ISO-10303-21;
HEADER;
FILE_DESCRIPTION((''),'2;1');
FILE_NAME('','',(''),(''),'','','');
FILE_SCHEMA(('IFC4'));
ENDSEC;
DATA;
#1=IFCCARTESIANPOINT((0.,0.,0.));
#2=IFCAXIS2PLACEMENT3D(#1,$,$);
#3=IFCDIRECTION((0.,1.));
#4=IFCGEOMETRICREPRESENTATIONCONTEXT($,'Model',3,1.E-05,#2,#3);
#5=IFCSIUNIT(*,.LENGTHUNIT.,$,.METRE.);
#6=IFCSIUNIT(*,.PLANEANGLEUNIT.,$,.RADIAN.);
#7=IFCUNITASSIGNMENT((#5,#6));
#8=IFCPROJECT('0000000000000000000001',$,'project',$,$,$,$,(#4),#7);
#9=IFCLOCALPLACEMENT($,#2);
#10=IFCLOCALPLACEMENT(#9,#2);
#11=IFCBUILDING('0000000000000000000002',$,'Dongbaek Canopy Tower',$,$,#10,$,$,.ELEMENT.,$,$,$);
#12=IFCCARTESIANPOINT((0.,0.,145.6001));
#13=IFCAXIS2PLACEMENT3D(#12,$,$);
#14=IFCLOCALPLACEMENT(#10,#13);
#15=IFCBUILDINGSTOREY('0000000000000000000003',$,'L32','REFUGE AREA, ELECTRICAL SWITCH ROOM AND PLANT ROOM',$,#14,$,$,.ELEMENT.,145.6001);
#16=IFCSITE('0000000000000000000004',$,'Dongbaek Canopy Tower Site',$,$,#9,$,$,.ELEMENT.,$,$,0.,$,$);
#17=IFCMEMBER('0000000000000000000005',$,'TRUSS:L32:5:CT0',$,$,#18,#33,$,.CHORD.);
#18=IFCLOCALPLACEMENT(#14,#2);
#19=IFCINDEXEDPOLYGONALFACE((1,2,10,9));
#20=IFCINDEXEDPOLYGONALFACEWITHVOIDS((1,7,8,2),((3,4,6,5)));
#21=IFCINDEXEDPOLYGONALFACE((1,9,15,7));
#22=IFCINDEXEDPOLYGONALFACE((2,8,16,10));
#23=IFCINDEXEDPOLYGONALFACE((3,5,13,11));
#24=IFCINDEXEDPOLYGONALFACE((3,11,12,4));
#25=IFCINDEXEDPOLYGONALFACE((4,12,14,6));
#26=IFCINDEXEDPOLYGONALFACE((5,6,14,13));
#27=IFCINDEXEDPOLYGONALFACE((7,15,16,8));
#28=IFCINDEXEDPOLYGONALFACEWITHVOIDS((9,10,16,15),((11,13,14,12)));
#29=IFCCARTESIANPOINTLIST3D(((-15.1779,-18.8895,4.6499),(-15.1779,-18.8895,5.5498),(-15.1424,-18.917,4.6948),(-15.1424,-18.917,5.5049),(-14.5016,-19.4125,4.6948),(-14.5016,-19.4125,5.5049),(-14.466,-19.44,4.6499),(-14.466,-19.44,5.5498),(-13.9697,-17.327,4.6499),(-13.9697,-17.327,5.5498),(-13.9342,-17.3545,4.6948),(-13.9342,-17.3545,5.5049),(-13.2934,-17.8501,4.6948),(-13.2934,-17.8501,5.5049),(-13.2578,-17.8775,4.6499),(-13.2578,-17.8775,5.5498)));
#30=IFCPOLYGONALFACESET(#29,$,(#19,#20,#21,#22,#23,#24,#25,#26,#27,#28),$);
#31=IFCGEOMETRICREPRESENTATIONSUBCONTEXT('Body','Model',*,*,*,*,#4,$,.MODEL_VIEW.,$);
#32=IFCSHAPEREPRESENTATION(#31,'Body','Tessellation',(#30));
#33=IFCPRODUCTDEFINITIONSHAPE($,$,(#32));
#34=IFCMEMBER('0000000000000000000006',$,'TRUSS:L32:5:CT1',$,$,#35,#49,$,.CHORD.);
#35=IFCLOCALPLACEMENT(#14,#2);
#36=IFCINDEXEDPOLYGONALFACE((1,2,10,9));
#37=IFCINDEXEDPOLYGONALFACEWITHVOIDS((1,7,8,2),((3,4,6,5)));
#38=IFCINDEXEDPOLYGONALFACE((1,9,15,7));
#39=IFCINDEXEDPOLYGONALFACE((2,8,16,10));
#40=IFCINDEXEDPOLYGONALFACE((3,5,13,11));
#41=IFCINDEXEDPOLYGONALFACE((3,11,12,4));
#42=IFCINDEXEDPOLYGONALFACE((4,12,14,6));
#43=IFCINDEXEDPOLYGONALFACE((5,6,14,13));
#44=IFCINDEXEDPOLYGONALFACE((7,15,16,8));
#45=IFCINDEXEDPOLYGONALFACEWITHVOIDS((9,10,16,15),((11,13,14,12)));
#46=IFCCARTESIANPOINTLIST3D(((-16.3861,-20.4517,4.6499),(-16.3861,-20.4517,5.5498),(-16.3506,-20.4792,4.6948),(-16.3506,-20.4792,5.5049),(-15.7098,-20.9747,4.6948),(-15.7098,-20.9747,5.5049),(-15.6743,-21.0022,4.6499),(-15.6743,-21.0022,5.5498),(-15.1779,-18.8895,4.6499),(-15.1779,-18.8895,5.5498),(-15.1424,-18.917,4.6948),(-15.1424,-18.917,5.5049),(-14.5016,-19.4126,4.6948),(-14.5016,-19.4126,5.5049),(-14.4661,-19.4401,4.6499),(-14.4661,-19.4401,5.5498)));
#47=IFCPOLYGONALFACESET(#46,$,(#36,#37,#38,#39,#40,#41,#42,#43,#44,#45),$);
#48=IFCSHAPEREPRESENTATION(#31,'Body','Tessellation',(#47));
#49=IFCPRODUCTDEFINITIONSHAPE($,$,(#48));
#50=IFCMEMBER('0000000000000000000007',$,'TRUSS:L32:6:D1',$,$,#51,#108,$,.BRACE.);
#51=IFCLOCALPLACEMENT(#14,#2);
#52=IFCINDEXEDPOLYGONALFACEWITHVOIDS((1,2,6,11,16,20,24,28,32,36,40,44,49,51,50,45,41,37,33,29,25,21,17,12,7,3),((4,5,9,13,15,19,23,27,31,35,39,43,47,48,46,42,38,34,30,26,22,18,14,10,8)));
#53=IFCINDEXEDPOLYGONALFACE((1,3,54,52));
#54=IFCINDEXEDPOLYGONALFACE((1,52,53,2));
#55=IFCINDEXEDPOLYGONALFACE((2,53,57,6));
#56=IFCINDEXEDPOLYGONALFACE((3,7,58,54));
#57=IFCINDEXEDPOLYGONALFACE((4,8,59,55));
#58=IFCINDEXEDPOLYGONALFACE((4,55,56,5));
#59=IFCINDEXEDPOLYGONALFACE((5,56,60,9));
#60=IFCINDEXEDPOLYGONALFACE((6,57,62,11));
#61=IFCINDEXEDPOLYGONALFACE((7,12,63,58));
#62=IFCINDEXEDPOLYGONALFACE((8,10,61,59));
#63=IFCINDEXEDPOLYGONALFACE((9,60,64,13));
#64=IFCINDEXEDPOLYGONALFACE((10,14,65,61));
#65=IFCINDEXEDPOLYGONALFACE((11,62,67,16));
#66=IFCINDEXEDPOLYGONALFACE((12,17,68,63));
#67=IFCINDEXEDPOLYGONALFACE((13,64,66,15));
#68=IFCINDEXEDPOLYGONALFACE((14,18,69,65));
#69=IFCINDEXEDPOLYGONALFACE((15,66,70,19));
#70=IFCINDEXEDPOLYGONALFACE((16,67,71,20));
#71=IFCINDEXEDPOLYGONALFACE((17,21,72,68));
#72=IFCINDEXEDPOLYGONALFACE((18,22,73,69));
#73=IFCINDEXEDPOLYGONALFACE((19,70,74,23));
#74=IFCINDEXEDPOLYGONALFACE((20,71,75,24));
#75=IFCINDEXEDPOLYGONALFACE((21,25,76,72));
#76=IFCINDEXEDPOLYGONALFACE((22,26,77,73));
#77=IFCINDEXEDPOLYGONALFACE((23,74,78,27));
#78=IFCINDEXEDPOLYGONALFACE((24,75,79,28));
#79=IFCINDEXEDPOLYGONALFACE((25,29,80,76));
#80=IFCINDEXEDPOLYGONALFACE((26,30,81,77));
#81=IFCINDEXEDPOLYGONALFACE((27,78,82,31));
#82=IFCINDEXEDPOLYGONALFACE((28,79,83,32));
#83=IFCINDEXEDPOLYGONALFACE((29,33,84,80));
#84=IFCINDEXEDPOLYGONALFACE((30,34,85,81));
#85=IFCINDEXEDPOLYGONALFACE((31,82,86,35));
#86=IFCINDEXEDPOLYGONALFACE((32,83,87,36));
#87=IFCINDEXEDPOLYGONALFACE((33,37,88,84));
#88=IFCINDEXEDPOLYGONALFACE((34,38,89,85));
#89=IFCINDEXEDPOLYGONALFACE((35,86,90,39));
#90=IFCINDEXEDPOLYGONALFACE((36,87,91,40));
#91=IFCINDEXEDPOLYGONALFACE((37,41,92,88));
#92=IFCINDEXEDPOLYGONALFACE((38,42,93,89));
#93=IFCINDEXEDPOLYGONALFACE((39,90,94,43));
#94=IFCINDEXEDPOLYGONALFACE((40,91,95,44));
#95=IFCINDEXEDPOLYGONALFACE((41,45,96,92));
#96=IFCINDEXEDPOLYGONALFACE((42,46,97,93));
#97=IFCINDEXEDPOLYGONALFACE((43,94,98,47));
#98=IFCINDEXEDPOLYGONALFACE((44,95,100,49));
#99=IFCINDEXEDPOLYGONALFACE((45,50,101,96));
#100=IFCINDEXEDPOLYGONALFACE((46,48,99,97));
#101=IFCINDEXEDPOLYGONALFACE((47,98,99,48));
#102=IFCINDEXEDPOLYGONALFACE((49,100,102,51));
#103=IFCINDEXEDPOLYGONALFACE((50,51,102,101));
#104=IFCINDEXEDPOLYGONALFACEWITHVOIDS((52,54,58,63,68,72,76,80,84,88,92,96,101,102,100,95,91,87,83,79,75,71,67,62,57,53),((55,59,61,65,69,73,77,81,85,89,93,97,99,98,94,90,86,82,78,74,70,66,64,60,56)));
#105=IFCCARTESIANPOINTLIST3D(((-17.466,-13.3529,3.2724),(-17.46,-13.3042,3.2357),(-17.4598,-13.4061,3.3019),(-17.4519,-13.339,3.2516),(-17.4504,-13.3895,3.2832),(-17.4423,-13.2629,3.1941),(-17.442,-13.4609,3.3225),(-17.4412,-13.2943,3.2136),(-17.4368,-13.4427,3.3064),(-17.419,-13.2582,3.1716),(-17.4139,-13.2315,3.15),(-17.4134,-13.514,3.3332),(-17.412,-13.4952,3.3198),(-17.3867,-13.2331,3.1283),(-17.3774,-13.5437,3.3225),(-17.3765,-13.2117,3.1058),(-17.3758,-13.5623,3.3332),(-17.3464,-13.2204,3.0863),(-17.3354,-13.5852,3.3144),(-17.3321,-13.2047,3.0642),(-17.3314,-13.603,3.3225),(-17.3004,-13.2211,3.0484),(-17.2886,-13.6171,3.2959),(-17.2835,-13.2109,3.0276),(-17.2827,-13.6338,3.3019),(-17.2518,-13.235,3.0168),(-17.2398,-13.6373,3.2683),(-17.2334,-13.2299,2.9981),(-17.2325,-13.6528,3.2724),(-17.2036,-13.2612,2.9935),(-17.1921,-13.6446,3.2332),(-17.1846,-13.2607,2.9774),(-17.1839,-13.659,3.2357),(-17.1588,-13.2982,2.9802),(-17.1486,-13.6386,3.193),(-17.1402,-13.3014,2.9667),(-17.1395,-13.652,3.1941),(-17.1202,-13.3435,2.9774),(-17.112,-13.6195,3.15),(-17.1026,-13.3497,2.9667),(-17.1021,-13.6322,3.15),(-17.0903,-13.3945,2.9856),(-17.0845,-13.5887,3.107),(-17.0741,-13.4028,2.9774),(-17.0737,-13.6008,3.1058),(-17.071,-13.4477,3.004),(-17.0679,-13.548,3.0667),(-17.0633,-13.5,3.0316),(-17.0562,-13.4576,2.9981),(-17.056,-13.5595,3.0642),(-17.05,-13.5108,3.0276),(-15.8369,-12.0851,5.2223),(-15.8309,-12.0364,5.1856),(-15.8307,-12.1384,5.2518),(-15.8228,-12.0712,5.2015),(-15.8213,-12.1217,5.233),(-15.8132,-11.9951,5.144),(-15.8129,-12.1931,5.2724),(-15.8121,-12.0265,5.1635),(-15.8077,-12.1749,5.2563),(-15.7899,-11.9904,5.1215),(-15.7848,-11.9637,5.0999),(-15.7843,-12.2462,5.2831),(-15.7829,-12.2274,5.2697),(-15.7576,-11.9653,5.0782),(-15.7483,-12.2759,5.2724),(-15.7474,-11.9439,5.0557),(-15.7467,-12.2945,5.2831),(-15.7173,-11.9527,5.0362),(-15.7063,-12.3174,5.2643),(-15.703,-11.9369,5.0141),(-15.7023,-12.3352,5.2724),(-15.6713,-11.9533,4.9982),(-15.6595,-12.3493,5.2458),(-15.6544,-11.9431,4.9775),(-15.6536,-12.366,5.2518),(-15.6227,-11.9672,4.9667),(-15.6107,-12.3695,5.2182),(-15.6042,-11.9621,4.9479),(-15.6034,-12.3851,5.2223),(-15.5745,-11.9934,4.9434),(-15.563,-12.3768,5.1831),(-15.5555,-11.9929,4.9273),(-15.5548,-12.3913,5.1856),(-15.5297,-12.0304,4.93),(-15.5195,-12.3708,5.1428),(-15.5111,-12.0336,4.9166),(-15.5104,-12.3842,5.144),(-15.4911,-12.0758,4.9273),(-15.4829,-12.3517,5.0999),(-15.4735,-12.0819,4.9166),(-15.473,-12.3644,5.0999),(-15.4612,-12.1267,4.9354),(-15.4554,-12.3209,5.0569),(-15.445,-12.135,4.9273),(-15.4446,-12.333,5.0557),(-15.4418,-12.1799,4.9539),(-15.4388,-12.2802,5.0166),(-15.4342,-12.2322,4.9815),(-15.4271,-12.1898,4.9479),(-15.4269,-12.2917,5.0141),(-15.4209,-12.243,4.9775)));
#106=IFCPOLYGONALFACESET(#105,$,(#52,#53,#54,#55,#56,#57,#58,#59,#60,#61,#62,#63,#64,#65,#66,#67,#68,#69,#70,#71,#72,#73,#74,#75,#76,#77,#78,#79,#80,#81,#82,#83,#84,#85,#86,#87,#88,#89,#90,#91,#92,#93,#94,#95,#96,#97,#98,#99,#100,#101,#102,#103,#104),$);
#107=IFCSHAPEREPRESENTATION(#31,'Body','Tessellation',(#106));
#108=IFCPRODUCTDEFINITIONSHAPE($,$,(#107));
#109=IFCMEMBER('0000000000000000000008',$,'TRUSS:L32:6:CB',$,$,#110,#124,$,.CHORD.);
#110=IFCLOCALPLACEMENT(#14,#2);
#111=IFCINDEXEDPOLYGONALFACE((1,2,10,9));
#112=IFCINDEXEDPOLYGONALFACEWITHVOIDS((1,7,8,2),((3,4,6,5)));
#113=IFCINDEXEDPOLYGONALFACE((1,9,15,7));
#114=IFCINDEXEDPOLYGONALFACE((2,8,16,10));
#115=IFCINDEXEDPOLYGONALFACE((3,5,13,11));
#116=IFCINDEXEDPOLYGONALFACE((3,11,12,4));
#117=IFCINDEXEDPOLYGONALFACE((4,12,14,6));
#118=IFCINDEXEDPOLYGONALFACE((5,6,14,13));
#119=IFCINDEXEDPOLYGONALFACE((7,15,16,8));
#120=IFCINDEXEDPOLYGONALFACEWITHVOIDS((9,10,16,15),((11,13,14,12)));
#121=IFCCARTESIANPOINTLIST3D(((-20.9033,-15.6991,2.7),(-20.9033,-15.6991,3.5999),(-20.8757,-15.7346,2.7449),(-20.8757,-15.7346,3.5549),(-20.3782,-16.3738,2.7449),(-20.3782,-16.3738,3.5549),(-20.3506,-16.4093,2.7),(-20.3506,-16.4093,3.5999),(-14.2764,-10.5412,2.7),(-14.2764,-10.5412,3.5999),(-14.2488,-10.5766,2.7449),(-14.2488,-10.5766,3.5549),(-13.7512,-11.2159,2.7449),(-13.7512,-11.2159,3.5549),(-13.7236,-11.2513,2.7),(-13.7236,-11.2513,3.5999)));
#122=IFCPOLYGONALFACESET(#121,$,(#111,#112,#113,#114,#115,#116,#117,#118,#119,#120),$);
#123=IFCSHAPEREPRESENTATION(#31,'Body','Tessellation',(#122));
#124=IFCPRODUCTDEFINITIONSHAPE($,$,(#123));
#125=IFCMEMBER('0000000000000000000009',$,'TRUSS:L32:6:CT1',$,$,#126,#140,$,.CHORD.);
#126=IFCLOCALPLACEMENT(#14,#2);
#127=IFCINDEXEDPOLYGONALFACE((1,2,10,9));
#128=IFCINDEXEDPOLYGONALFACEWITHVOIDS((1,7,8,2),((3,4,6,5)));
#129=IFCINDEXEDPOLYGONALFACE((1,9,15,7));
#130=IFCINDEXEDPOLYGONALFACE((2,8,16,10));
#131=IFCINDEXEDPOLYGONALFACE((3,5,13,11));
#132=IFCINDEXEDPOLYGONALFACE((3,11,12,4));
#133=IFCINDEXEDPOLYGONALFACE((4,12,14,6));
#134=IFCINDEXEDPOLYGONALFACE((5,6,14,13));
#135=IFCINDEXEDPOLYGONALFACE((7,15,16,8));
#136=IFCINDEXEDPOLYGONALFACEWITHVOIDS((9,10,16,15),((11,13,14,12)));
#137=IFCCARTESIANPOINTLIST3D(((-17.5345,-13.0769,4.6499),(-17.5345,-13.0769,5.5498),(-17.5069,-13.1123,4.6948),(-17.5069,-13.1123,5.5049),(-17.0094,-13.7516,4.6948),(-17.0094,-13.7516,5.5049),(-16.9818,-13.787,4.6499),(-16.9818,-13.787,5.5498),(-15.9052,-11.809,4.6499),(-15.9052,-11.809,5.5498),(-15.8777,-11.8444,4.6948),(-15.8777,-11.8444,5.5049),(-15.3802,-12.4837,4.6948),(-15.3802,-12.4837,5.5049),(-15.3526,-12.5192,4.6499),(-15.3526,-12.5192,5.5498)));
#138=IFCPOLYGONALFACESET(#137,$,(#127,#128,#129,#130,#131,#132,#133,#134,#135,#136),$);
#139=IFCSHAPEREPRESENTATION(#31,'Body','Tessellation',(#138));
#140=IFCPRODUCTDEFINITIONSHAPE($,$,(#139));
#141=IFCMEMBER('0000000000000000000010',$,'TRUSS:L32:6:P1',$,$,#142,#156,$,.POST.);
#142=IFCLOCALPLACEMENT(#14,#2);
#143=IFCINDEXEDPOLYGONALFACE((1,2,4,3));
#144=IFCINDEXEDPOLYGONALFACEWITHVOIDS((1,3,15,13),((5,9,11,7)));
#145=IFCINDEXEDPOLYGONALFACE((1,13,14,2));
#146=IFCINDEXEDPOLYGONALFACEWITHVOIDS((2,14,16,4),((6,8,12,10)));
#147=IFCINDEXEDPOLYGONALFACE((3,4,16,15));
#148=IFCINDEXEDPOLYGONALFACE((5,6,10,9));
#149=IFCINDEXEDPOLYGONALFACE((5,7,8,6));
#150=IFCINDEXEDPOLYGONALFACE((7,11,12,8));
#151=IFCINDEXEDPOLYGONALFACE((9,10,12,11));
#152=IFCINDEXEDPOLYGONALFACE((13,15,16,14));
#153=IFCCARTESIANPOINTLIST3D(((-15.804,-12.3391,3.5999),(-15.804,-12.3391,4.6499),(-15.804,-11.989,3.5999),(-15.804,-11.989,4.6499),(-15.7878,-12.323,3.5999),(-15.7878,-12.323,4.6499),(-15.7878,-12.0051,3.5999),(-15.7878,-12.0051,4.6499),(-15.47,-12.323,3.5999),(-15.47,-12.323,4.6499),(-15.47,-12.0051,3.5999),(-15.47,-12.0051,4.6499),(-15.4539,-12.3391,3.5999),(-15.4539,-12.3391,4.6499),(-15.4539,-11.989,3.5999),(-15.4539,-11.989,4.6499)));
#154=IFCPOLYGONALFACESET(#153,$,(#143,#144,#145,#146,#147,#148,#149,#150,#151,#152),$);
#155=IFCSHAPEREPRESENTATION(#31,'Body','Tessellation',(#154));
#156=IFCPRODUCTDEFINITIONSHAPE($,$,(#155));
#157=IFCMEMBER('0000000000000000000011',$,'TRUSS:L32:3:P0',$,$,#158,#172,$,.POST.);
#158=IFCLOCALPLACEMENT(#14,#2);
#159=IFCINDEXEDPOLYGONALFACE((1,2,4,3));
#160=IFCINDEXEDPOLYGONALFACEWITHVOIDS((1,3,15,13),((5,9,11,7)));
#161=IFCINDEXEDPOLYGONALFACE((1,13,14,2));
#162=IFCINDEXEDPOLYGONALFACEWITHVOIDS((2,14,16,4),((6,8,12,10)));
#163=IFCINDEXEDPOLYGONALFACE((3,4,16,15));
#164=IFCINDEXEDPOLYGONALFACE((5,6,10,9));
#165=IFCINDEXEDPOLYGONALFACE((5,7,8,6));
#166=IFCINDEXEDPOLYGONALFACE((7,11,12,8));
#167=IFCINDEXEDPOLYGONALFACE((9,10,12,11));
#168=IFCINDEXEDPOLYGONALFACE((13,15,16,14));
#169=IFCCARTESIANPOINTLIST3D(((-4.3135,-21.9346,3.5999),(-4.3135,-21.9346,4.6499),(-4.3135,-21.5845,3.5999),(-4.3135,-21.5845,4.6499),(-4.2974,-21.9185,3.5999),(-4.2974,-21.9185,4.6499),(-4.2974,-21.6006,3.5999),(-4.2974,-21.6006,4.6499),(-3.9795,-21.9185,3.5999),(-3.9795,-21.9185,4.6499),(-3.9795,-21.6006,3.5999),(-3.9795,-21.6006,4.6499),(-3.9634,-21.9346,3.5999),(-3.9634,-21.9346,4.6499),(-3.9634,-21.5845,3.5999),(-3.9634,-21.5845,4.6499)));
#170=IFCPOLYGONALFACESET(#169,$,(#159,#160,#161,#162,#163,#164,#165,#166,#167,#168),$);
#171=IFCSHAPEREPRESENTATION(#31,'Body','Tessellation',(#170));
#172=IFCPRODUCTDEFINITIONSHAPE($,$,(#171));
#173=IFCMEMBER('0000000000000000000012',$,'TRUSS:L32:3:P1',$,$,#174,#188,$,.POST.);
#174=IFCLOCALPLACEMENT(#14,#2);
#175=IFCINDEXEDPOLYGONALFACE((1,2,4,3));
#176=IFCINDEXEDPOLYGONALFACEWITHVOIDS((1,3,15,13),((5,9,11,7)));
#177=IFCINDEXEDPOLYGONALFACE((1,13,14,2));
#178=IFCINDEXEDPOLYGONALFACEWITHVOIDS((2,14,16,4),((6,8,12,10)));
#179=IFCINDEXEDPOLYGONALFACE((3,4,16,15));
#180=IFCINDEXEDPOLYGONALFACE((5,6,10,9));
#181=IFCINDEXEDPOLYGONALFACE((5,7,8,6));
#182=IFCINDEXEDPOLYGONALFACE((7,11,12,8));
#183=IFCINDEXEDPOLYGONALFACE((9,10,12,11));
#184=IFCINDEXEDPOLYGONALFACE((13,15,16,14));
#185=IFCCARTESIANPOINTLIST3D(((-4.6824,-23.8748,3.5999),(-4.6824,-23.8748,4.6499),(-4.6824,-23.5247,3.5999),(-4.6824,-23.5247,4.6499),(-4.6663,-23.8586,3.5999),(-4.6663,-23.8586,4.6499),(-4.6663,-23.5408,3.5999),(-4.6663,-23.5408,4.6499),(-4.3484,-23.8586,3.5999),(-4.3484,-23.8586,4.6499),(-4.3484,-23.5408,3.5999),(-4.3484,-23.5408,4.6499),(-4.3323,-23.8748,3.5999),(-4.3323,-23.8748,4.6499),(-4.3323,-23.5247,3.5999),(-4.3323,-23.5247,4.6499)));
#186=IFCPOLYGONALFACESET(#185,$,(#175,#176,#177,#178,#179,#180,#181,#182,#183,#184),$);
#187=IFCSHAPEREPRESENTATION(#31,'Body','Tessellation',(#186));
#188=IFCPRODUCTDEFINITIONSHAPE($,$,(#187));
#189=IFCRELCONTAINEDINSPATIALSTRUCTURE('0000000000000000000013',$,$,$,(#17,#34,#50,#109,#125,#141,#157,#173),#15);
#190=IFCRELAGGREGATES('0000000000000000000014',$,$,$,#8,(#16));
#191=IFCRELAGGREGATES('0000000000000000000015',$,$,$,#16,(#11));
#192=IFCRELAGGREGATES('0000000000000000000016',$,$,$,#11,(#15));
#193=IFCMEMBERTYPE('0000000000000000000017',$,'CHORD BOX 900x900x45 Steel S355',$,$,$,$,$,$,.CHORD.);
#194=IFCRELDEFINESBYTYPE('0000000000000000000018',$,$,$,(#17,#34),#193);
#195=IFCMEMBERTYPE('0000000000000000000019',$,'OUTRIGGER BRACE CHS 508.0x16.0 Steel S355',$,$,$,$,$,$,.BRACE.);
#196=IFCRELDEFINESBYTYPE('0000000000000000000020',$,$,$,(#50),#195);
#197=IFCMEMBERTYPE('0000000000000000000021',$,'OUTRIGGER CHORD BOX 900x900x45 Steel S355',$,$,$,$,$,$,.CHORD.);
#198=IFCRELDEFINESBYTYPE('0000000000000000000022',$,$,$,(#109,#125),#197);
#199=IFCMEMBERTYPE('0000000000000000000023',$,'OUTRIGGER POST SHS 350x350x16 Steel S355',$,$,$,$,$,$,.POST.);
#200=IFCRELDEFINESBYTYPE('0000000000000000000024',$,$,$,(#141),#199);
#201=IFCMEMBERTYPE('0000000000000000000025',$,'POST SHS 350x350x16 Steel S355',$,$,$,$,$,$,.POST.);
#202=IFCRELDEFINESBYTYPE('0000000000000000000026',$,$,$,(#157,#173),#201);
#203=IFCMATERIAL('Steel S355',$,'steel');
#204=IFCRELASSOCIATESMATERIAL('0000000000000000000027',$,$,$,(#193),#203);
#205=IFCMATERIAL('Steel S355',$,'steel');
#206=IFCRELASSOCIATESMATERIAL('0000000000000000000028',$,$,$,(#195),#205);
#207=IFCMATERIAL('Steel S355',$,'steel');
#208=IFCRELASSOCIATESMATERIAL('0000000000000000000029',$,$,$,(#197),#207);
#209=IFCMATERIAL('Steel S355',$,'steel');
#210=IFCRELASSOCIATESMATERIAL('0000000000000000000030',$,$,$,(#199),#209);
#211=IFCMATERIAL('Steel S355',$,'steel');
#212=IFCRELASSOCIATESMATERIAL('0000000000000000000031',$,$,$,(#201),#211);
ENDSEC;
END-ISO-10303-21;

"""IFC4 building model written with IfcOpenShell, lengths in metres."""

from ifc_helpers import new_model, si_unit, direction, frame, origin, origin_2d, place, context, subcontext, project, spatial, hollow_rectangle, hollow_circle, extrude, material, material_profile, profile_set, type_object, element, save


model = new_model("IFC4")

# Units and contexts
model_context = context("Model", 3, precision=1e-05, world=origin(), true_north=direction((0.0, 1.0)))
body_context = subcontext(model_context, "Body", "Model", "MODEL_VIEW")
ifc_project = project(units=[si_unit("LENGTHUNIT", "METRE"), si_unit("PLANEANGLEUNIT", "RADIAN")], contexts=[model_context])

# Site, building, storey
site_placement = place(None, origin())
site = spatial("IfcSite", under=ifc_project, at=site_placement, Name="Dongbaek Canopy Tower Site", CompositionType="ELEMENT", RefElevation=0.0)
building_placement = place(site_placement, origin())
building = spatial("IfcBuilding", under=site, at=building_placement, Name="Dongbaek Canopy Tower", CompositionType="ELEMENT")
storey_placement = place(building_placement, frame((0.0, 0.0, 145.6001)))
storey = spatial("IfcBuildingStorey", under=building, at=storey_placement, Name="L32", Description="REFUGE AREA, ELECTRICAL SWITCH ROOM AND PLANT ROOM", CompositionType="ELEMENT", Elevation=145.6001)

# Members
ifc_material_1 = material(Name="Steel S355", Category="steel")
ifc_material_profile_1 = material_profile(ifc_material_1, hollow_rectangle(XDim=0.8999, YDim=0.8999, WallThickness=0.0449, at=origin_2d()), Name="CHORD BOX 900x900x45 Steel S355")
ifc_profile_set_1 = profile_set([ifc_material_profile_1], Name="Steel S355")
member_type_1 = type_object("IfcMemberType", Name="CHORD BOX 900x900x45 Steel S355", PredefinedType="CHORD", material=ifc_profile_set_1)
member_1_placement = place(storey_placement, frame((-13.6138, -17.6023, 5.0999), z_axis=(-0.611722, -0.791073, 0.0), x_axis=(0.791073, -0.611722, 0.0)))
element("IfcMember", 1, at=member_1_placement, inside=storey, type_object=member_type_1, Name="TRUSS:L32:5:CT0", PredefinedType="CHORD", context=body_context, shape_type="SweptSolid", body=[
    extrude(hollow_rectangle(XDim=0.8999, YDim=0.8999, WallThickness=0.0449, at=origin_2d()), origin(), (0.0, 0.0, 1.0), 1.9751),
])
member_2_placement = place(storey_placement, frame((-14.822, -19.1648, 5.0999), z_axis=(-0.611782, -0.791027, 0.0), x_axis=(0.791027, -0.611782, 0.0)))
element("IfcMember", 2, at=member_2_placement, inside=storey, type_object=member_type_1, Name="TRUSS:L32:5:CT1", PredefinedType="CHORD", context=body_context, shape_type="SweptSolid", body=[
    extrude(hollow_rectangle(XDim=0.8999, YDim=0.8999, WallThickness=0.0449, at=origin_2d()), origin(), (0.0, 0.0, 1.0), 1.9749),
])
ifc_material_2 = material(Name="Steel S355", Category="steel")
ifc_material_profile_2 = material_profile(ifc_material_2, hollow_circle(Radius=0.2539, WallThickness=0.0161, at=origin_2d()), Name="OUTRIGGER BRACE CHS 508.0x16.0 Steel S355")
ifc_profile_set_2 = profile_set([ifc_material_profile_2], Name="Steel S355")
member_type_2 = type_object("IfcMemberType", Name="OUTRIGGER BRACE CHS 508.0x16.0 Steel S355", PredefinedType="BRACE", material=ifc_profile_set_2)
member_3_placement = place(storey_placement, frame((-15.6289, -12.1641, 5.0999), z_axis=(-0.573708, -0.446466, -0.686679), x_axis=(0.614153, -0.789187, 0.0)))
element("IfcMember", 3, at=member_3_placement, inside=storey, type_object=member_type_2, Name="TRUSS:L32:6:D1", PredefinedType="BRACE", context=body_context, shape_type="SweptSolid", body=[
    extrude(hollow_circle(Radius=0.2539, WallThickness=0.0161, at=origin_2d()), origin(), (0.0, 0.0, 1.0), 2.8396),
])
ifc_material_3 = material(Name="Steel S355", Category="steel")
ifc_material_profile_3 = material_profile(ifc_material_3, hollow_rectangle(XDim=0.8999, YDim=0.8999, WallThickness=0.0449, at=origin_2d()), Name="OUTRIGGER CHORD BOX 900x900x45 Steel S355")
ifc_profile_set_3 = profile_set([ifc_material_profile_3], Name="Steel S355")
member_type_3 = type_object("IfcMemberType", Name="OUTRIGGER CHORD BOX 900x900x45 Steel S355", PredefinedType="CHORD", material=ifc_profile_set_3)
member_4_placement = place(storey_placement, frame((-14.0, -10.8962, 3.1499), z_axis=(-0.789141, -0.614212, 0.0), x_axis=(0.614212, -0.789141, 0.0)))
element("IfcMember", 4, at=member_4_placement, inside=storey, type_object=member_type_3, Name="TRUSS:L32:6:CB", PredefinedType="CHORD", context=body_context, shape_type="SweptSolid", body=[
    extrude(hollow_rectangle(XDim=0.8999, YDim=0.8999, WallThickness=0.0449, at=origin_2d()), origin(), (0.0, 0.0, 1.0), 8.3977),
])
member_5_placement = place(storey_placement, frame((-15.6289, -12.1641, 5.0999), z_axis=(-0.789187, -0.614153, 0.0), x_axis=(0.614153, -0.789187, 0.0)))
element("IfcMember", 5, at=member_5_placement, inside=storey, type_object=member_type_3, Name="TRUSS:L32:6:CT1", PredefinedType="CHORD", context=body_context, shape_type="SweptSolid", body=[
    extrude(hollow_rectangle(XDim=0.8999, YDim=0.8999, WallThickness=0.0449, at=origin_2d()), origin(), (0.0, 0.0, 1.0), 2.0645),
])
ifc_material_4 = material(Name="Steel S355", Category="steel")
ifc_material_profile_4 = material_profile(ifc_material_4, hollow_rectangle(XDim=0.3501, YDim=0.3501, WallThickness=0.0161, at=origin_2d()), Name="OUTRIGGER POST SHS 350x350x16 Steel S355")
ifc_profile_set_4 = profile_set([ifc_material_profile_4], Name="Steel S355")
member_type_4 = type_object("IfcMemberType", Name="OUTRIGGER POST SHS 350x350x16 Steel S355", PredefinedType="POST", material=ifc_profile_set_4)
member_6_placement = place(storey_placement, frame((-15.6289, -12.1641, 3.5999), z_axis=(0.0, 0.0, 1.0), x_axis=(1.0, 0.0, 0.0)))
element("IfcMember", 6, at=member_6_placement, inside=storey, type_object=member_type_4, Name="TRUSS:L32:6:P1", PredefinedType="POST", context=body_context, shape_type="SweptSolid", body=[
    extrude(hollow_rectangle(XDim=0.3501, YDim=0.3501, WallThickness=0.0161, at=origin_2d()), origin(), (0.0, 0.0, 1.0), 1.05),
])
ifc_material_5 = material(Name="Steel S355", Category="steel")
ifc_material_profile_5 = material_profile(ifc_material_5, hollow_rectangle(XDim=0.3501, YDim=0.3501, WallThickness=0.0161, at=origin_2d()), Name="POST SHS 350x350x16 Steel S355")
ifc_profile_set_5 = profile_set([ifc_material_profile_5], Name="Steel S355")
member_type_5 = type_object("IfcMemberType", Name="POST SHS 350x350x16 Steel S355", PredefinedType="POST", material=ifc_profile_set_5)
for number, where, z_axis, x_axis, name in (
    (7, (-4.1384, -21.7595, 3.5999), (0.0, 0.0, 1.0), (1.0, 0.0, 0.0), "TRUSS:L32:3:P0"),
    (8, (-4.5073, -23.6997, 3.5999), (0.0, 0.0, 1.0), (1.0, 0.0, 0.0), "TRUSS:L32:3:P1"),
):
    element("IfcMember", number, at=place(storey_placement, frame(where, z_axis=z_axis, x_axis=x_axis)), inside=storey, type_object=member_type_5, Name=name, PredefinedType="POST", context=body_context, shape_type="SweptSolid", body=[
        extrude(hollow_rectangle(XDim=0.3501, YDim=0.3501, WallThickness=0.0161, at=origin_2d()), origin(), (0.0, 0.0, 1.0), 1.05),
    ])

save(model, "model.ifc")
